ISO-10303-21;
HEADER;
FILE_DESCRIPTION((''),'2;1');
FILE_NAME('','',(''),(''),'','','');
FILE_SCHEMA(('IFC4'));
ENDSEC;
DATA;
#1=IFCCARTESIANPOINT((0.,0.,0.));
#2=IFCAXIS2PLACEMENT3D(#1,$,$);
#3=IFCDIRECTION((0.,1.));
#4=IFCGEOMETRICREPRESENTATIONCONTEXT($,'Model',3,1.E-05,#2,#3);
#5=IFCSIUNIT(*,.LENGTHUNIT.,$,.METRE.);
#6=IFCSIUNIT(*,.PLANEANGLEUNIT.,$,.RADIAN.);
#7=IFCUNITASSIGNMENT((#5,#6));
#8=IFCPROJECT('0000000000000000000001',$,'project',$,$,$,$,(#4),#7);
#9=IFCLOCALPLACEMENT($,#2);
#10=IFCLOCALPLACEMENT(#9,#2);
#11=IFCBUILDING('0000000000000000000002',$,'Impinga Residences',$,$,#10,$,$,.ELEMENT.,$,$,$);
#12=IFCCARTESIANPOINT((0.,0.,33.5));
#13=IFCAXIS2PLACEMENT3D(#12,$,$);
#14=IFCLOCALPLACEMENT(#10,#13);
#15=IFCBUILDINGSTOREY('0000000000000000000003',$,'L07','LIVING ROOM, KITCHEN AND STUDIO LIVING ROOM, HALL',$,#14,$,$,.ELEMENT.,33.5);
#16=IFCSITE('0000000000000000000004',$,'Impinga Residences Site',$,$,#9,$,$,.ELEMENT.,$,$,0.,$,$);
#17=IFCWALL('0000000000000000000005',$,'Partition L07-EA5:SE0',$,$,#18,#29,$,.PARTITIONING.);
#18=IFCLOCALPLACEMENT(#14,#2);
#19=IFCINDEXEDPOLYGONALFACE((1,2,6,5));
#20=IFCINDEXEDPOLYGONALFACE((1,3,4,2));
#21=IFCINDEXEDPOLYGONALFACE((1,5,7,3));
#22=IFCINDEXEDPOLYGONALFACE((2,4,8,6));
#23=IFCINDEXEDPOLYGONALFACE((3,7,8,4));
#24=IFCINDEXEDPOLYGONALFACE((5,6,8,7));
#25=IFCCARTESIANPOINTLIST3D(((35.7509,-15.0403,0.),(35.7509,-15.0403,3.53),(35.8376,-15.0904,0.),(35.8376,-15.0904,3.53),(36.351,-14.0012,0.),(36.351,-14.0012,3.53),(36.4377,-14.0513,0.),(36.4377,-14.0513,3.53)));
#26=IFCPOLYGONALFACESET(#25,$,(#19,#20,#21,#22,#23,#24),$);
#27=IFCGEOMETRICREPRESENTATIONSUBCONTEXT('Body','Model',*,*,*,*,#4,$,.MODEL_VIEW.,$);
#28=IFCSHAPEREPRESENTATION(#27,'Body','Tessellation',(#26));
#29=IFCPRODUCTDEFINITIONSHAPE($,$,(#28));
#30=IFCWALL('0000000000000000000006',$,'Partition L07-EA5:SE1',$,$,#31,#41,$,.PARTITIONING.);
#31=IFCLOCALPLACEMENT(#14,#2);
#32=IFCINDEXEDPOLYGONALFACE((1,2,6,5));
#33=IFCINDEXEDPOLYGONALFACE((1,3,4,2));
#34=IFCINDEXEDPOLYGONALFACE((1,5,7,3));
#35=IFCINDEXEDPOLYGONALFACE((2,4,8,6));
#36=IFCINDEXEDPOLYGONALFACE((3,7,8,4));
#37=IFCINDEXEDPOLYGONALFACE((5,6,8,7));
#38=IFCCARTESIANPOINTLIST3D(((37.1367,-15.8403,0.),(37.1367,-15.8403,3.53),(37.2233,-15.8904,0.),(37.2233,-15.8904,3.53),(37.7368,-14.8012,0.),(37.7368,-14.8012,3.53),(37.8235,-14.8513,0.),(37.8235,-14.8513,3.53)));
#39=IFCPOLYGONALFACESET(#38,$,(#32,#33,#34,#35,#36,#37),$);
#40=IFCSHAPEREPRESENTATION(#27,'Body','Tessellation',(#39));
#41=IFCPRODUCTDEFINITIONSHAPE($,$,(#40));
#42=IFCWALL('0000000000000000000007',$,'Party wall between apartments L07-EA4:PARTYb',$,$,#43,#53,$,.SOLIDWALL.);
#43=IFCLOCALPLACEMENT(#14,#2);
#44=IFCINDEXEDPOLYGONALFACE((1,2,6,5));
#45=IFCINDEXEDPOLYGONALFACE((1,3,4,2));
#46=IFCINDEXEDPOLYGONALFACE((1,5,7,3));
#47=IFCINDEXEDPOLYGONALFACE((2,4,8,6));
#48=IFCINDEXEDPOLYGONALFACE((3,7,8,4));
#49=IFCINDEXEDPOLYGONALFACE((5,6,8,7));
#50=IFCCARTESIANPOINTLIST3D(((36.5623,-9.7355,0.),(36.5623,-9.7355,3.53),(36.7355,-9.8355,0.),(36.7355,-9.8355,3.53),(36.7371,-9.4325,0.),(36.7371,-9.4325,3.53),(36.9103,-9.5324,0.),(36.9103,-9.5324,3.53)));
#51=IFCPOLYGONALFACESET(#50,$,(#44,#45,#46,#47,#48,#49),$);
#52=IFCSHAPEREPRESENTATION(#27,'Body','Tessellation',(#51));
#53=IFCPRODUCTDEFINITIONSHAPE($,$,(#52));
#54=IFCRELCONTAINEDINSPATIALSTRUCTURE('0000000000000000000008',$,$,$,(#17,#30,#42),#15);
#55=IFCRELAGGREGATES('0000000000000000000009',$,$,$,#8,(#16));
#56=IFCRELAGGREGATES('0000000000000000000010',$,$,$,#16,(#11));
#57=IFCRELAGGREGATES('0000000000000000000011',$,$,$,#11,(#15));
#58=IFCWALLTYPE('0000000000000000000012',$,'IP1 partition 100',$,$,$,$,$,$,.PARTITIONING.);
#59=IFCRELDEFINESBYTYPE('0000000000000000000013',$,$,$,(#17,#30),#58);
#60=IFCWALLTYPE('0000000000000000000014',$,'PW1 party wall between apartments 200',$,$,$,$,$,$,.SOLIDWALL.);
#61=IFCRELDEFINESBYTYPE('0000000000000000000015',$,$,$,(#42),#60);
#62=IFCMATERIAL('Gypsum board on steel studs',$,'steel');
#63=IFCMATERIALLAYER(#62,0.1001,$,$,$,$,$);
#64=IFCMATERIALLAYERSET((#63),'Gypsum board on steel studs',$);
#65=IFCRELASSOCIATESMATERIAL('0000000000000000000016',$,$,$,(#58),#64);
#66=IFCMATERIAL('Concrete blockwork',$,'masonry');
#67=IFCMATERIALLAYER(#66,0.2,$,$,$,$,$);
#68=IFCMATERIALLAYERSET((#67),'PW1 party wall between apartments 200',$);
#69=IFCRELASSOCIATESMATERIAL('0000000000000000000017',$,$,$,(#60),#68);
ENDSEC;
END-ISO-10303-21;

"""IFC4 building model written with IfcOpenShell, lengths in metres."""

from ifc_helpers import new_model, si_unit, direction, frame, frame_2d, origin, place, context, subcontext, project, spatial, rectangle, extrude, material, layer, layer_set, type_object, element, save


model = new_model("IFC4")

# Units and contexts
model_context = context("Model", 3, precision=1e-05, world=origin(), true_north=direction((0.0, 1.0)))
body_context = subcontext(model_context, "Body", "Model", "MODEL_VIEW")
ifc_project = project(units=[si_unit("LENGTHUNIT", "METRE"), si_unit("PLANEANGLEUNIT", "RADIAN")], contexts=[model_context])

# Site, building, storey
site_placement = place(None, origin())
site = spatial("IfcSite", under=ifc_project, at=site_placement, Name="Impinga Residences Site", CompositionType="ELEMENT", RefElevation=0.0)
building_placement = place(site_placement, origin())
building = spatial("IfcBuilding", under=site, at=building_placement, Name="Impinga Residences", CompositionType="ELEMENT")
storey_placement = place(building_placement, frame((0.0, 0.0, 33.5)))
storey = spatial("IfcBuildingStorey", under=building, at=storey_placement, Name="L07", Description="LIVING ROOM, KITCHEN AND STUDIO LIVING ROOM, HALL", CompositionType="ELEMENT", Elevation=33.5)

# Shared definitions
ifc_material_1 = material(Name="Gypsum board on steel studs", Category="steel")
ifc_layer_1 = layer(ifc_material_1, 0.1001)
ifc_layer_set_1 = layer_set([ifc_layer_1], Name="Gypsum board on steel studs")
wall_type_1 = type_object("IfcWallType", Name="IP1 partition 100", PredefinedType="PARTITIONING", material=ifc_layer_set_1)

# Walls
for number, where, z_axis, x_axis, name in (
    (1, (35.7942, -15.0654, 0.0), (0.0, 0.0, 1.0), (0.500122, 0.865955, 0.0), "Partition L07-EA5:SE0"),
    (2, (37.1799, -15.8655, 0.0), (0.0, 0.0, 1.0), (0.500122, 0.865955, 0.0), "Partition L07-EA5:SE1"),
):
    element("IfcWall", number, at=place(storey_placement, frame(where, z_axis=z_axis, x_axis=x_axis)), inside=storey, type_object=wall_type_1, Name=name, PredefinedType="PARTITIONING", context=body_context, shape_type="SweptSolid", body=[
        extrude(rectangle(XDim=1.2, YDim=0.1001, at=frame_2d((0.6001, 0.0))), origin(), (0.0, 0.0, 1.0), 3.53),
    ])
ifc_material_2 = material(Name="Concrete blockwork", Category="masonry")
ifc_layer_2 = layer(ifc_material_2, 0.2)
ifc_layer_set_2 = layer_set([ifc_layer_2], Name="PW1 party wall between apartments 200")
wall_type_2 = type_object("IfcWallType", Name="PW1 party wall between apartments 200", PredefinedType="SOLIDWALL", material=ifc_layer_set_2)
wall_1_placement = place(storey_placement, frame((36.6489, -9.7854, 0.0), z_axis=(0.0, 0.0, 1.0), x_axis=(0.499743, 0.866174, 0.0)))
element("IfcWall", 3, at=wall_1_placement, inside=storey, type_object=wall_type_2, Name="Party wall between apartments L07-EA4:PARTYb", PredefinedType="SOLIDWALL", context=body_context, shape_type="SweptSolid", body=[
    extrude(rectangle(XDim=0.3499, YDim=0.2, at=frame_2d((0.1748, 0.0))), origin(), (0.0, 0.0, 1.0), 3.53),
])

save(model, "model.ifc")
